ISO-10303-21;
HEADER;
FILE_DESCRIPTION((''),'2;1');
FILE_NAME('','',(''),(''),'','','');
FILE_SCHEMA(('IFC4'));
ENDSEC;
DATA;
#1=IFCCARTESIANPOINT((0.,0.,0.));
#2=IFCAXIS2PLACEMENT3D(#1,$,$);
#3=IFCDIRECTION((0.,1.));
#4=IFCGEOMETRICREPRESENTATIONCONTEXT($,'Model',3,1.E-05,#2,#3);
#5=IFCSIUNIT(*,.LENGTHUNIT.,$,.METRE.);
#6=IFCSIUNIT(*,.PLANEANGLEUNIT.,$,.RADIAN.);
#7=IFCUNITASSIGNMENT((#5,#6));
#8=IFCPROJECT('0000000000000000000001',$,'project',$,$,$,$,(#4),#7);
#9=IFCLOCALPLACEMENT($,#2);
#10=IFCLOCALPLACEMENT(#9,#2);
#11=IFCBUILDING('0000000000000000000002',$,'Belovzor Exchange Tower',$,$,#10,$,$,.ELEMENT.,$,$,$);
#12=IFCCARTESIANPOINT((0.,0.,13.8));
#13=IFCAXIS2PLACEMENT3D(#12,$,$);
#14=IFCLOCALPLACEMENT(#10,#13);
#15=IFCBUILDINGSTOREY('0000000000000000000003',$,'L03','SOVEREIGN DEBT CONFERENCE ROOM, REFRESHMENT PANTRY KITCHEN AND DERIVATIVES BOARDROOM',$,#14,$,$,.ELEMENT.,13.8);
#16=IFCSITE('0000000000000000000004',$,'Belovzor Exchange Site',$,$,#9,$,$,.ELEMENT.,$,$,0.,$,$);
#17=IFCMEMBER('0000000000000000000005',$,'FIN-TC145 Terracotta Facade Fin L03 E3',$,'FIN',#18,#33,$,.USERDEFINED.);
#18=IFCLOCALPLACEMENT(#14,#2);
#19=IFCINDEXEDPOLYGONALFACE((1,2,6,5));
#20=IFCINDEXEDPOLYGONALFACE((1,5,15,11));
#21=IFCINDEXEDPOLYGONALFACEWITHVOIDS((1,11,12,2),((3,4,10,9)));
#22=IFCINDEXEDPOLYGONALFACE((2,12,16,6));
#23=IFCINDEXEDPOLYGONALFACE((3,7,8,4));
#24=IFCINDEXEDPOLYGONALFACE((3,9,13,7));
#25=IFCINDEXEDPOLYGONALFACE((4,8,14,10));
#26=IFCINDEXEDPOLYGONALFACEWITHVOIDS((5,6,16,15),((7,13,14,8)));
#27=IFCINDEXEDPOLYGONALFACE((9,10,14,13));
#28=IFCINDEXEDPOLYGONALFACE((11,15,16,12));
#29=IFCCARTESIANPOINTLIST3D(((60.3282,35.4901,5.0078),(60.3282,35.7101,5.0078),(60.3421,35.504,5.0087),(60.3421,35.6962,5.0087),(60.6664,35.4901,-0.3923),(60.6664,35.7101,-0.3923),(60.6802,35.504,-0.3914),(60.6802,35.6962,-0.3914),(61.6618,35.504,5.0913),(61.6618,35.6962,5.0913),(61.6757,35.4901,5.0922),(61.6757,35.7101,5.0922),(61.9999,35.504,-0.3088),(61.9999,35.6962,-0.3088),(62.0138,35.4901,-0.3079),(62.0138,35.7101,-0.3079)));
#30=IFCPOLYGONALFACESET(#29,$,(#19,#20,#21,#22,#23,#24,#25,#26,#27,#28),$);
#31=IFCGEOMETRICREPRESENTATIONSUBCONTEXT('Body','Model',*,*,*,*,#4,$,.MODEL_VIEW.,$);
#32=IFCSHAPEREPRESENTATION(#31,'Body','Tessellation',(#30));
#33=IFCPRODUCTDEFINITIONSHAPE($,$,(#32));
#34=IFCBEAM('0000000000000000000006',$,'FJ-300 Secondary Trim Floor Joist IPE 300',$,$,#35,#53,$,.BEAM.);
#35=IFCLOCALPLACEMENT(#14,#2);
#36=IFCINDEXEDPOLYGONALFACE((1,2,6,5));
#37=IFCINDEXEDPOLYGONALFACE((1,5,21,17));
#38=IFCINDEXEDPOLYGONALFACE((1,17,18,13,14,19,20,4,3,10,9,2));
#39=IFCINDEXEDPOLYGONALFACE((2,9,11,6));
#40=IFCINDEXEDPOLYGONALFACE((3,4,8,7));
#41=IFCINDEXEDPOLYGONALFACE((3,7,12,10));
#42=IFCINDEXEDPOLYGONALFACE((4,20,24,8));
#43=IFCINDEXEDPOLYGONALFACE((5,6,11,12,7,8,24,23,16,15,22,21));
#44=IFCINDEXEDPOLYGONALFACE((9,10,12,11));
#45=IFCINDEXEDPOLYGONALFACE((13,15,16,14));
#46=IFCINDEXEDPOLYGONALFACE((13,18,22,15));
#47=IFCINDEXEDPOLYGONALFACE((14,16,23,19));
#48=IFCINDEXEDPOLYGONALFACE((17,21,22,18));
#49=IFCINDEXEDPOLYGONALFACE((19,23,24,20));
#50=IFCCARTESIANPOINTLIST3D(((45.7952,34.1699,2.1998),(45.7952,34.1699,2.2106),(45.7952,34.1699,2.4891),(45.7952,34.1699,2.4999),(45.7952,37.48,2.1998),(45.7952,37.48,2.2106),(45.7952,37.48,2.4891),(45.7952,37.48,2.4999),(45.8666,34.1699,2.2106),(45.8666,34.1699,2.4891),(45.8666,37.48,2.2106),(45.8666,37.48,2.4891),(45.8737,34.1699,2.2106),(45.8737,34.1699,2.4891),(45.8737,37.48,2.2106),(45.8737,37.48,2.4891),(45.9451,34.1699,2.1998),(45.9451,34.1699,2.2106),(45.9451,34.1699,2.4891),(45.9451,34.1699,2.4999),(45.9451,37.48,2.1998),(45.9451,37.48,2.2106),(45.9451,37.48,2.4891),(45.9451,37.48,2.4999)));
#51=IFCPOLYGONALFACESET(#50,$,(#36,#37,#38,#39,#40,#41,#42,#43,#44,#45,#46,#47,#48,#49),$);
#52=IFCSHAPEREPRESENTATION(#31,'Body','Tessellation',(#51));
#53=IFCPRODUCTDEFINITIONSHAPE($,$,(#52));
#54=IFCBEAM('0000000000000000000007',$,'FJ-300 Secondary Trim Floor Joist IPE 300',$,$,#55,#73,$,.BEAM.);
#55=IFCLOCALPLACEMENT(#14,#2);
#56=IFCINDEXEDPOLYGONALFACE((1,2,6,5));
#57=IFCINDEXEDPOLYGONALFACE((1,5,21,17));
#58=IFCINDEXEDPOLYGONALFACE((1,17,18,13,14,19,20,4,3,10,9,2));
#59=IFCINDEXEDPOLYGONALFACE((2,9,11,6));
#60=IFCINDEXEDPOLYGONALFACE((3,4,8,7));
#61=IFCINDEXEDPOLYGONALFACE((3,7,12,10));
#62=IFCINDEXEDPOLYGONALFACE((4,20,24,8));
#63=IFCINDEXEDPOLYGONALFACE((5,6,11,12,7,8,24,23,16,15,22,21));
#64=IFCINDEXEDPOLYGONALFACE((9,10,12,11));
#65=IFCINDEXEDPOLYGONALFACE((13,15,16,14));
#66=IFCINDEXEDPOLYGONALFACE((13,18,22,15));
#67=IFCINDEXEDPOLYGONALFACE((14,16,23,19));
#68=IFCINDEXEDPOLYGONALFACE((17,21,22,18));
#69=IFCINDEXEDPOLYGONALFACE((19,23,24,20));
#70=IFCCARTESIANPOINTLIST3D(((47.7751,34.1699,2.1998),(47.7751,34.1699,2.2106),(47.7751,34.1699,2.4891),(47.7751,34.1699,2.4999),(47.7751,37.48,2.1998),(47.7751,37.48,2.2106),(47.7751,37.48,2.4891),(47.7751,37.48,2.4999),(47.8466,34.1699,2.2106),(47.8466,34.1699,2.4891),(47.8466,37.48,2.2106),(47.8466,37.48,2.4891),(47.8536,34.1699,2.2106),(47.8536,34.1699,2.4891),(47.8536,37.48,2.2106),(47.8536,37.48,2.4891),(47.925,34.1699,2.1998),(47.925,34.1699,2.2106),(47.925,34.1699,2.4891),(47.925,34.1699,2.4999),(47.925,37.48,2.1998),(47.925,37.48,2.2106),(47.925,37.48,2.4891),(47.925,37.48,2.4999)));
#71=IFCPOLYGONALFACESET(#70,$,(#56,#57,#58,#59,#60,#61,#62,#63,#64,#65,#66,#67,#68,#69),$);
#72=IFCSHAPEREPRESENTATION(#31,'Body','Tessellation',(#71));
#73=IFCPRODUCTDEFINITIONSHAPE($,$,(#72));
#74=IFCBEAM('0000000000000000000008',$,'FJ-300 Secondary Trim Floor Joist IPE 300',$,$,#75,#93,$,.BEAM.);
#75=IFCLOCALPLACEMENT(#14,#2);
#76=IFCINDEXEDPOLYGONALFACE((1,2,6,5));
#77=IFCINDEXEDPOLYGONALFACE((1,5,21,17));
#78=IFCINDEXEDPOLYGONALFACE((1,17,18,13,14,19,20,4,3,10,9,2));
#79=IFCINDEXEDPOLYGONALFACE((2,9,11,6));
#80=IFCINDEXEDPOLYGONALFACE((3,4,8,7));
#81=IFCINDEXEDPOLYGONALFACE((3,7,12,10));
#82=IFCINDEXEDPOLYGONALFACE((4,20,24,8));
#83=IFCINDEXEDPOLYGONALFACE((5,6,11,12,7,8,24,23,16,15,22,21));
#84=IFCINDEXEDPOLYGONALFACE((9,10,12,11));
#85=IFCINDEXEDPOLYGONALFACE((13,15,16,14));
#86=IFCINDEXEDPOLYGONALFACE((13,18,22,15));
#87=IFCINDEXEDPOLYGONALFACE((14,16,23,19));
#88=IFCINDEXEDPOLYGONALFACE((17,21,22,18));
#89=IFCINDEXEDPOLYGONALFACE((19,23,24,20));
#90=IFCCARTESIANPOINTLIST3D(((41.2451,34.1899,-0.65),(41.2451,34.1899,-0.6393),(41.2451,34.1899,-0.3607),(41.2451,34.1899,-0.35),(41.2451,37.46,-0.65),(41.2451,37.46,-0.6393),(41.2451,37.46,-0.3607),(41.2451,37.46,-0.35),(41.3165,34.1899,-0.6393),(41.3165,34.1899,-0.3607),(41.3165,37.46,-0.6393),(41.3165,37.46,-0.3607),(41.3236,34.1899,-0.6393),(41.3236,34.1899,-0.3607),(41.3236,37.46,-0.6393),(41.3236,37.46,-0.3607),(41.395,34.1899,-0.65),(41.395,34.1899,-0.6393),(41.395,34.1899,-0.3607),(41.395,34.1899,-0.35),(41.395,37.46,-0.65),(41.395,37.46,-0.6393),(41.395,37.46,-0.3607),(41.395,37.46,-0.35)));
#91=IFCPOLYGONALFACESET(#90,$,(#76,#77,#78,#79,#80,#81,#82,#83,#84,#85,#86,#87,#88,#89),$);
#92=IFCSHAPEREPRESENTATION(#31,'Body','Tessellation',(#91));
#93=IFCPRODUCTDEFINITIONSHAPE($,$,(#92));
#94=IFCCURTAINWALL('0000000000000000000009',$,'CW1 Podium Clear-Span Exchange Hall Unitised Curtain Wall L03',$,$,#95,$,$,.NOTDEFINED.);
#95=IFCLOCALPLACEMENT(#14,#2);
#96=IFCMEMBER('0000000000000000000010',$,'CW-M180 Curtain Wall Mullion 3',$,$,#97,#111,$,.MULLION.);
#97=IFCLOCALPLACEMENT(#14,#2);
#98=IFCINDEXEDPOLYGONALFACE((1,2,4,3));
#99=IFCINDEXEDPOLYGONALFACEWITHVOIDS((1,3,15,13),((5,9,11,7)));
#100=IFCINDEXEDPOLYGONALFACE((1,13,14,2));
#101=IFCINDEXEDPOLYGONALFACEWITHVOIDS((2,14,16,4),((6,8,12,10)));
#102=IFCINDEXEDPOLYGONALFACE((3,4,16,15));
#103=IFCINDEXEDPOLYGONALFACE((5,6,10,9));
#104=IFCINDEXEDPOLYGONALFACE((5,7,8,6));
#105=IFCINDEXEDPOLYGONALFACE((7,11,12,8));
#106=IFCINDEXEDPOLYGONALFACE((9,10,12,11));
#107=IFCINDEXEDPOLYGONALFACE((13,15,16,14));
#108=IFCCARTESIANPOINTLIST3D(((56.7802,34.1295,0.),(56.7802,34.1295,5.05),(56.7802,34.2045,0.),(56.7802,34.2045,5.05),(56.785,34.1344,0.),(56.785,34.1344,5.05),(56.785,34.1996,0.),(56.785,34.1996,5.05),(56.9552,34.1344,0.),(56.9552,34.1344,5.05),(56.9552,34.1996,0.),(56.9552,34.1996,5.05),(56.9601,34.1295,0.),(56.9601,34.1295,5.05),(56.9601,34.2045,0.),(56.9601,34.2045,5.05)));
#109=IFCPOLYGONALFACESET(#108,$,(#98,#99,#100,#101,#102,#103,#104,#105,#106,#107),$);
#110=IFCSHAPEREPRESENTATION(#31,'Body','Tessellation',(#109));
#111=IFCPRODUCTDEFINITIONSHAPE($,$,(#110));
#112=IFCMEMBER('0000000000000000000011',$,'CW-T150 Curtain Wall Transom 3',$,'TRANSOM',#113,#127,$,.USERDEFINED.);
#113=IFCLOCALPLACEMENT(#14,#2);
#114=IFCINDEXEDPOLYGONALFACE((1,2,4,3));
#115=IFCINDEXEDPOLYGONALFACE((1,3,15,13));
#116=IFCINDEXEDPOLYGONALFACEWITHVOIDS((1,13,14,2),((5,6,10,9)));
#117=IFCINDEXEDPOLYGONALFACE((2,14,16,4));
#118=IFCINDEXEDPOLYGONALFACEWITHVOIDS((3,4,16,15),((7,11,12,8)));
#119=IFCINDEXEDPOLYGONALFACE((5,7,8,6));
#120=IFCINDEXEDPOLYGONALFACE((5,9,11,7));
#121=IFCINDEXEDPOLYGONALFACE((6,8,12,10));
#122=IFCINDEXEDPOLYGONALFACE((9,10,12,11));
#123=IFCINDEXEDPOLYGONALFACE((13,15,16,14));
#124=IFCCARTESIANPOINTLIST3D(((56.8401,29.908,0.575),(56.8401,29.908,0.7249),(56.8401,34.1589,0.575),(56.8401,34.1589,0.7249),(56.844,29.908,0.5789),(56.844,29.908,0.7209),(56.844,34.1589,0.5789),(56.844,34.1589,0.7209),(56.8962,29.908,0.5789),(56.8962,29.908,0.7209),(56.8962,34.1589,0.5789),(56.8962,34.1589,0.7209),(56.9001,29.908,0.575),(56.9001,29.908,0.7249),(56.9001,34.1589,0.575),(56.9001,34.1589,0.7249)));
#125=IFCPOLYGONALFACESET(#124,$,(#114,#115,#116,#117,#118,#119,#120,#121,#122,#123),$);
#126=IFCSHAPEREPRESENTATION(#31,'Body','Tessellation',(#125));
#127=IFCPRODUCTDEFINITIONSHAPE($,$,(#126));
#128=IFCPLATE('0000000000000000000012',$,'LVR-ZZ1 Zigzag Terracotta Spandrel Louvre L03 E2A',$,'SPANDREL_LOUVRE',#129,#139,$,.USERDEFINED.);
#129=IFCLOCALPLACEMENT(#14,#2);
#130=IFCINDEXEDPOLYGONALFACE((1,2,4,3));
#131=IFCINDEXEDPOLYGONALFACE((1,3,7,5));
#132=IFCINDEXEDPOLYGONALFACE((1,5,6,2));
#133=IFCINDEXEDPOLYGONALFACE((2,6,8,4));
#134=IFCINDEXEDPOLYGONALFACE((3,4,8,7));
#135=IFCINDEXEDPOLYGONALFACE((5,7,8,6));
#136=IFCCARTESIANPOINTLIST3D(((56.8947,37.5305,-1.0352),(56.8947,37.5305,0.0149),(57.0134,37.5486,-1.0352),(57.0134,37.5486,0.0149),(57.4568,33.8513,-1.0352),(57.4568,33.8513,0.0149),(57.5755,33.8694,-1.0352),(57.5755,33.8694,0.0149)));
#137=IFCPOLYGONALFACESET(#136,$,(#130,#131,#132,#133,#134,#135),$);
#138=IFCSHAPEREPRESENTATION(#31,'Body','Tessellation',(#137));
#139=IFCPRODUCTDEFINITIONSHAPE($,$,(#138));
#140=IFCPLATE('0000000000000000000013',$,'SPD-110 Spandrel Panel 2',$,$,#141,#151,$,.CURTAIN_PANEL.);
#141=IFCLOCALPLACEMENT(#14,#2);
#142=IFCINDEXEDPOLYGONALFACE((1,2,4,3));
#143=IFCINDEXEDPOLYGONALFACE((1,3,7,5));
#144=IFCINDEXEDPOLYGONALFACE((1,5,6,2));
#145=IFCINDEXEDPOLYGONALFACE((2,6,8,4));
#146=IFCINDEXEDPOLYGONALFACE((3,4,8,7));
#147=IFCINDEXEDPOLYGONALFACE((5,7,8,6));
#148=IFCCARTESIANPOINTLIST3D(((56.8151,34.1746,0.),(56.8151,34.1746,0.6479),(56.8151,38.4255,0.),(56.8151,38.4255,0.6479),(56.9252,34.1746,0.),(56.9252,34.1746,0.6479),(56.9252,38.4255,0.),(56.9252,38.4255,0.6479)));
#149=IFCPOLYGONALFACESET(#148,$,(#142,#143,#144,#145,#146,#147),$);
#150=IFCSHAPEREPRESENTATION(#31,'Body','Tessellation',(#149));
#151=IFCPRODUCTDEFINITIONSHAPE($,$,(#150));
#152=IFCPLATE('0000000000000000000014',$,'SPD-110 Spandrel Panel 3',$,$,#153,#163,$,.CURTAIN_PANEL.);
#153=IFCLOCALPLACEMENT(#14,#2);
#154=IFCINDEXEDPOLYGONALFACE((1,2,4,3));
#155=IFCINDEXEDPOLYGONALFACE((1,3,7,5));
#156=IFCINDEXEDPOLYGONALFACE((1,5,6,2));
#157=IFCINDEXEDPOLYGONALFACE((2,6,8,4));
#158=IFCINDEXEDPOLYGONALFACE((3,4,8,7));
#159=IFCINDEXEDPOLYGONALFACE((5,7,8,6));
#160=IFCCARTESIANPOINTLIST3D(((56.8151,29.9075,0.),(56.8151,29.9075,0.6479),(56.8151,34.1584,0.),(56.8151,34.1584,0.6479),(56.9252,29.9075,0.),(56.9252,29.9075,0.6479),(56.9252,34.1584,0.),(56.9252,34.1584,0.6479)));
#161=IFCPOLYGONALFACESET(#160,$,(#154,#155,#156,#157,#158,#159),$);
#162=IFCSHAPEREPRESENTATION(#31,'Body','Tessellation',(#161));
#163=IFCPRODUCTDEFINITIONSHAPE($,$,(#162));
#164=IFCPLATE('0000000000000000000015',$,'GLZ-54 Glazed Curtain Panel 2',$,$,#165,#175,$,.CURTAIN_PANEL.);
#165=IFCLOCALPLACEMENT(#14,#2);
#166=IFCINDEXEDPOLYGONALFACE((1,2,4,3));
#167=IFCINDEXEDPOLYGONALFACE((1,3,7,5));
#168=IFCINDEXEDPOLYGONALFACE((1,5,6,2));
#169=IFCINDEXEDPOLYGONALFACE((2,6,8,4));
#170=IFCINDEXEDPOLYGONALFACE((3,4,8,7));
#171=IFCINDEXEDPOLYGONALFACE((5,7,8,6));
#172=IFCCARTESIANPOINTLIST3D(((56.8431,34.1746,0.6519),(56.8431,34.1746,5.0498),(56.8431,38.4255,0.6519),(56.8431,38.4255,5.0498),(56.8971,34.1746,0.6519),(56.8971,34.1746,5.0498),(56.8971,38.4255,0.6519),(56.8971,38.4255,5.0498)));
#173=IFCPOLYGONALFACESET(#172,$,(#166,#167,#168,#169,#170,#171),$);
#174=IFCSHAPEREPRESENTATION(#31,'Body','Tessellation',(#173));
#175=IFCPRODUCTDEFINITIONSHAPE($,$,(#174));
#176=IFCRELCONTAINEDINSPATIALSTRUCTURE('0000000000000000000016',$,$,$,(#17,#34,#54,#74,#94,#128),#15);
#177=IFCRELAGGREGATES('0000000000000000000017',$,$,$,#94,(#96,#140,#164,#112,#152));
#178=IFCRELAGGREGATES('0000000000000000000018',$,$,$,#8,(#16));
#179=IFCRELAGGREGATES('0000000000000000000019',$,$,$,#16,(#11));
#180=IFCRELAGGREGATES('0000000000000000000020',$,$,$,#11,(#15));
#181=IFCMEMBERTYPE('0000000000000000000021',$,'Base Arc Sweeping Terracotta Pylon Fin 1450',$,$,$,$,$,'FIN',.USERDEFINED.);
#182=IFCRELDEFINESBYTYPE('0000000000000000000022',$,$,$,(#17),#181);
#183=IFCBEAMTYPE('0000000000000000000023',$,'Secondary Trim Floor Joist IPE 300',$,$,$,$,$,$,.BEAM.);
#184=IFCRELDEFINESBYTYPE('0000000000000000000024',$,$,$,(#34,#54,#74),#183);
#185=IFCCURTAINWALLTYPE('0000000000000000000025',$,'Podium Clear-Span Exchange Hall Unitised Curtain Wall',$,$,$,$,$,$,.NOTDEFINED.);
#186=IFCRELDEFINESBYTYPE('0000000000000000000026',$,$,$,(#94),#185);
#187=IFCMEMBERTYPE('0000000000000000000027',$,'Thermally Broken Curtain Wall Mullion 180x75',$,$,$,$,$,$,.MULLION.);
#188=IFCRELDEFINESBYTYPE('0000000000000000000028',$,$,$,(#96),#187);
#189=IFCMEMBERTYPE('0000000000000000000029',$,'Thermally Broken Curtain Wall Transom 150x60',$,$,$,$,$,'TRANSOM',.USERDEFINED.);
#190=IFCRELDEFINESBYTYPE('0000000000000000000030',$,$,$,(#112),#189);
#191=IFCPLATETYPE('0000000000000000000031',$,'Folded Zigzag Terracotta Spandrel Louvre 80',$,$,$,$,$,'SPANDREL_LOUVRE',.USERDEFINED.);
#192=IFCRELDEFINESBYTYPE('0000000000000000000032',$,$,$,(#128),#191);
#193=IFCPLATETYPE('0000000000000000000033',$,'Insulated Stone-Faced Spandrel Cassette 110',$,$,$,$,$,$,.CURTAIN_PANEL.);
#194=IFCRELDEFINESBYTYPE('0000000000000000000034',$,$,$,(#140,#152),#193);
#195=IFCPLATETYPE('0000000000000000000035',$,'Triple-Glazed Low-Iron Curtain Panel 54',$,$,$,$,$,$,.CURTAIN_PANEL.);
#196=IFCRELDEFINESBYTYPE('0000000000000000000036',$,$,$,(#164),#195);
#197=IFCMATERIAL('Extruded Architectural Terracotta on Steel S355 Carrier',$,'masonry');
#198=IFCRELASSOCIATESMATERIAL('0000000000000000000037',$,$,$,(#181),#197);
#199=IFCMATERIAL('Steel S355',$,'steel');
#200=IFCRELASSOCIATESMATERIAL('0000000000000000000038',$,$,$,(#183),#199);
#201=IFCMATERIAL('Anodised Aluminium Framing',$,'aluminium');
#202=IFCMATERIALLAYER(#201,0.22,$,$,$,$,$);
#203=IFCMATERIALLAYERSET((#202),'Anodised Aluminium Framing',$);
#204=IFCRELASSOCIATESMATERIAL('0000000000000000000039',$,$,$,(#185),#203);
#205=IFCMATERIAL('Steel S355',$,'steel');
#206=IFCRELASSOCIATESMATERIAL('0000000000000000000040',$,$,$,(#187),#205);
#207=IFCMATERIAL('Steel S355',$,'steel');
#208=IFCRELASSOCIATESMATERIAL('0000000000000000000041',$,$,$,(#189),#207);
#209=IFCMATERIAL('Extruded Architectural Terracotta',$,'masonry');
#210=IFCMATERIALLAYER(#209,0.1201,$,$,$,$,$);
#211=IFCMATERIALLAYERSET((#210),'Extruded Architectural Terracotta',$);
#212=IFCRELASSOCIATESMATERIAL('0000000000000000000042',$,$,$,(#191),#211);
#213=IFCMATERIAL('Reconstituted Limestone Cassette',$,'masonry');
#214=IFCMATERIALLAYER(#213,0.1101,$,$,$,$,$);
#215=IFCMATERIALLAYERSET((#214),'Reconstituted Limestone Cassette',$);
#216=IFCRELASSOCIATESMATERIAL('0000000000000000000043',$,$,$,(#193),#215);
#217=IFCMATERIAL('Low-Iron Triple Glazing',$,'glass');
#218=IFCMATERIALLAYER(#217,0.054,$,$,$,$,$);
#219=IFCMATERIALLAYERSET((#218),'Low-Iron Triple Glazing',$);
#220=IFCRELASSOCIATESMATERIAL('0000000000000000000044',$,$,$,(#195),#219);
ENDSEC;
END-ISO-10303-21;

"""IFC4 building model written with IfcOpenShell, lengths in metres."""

from ifc_helpers import new_model, si_unit, direction, frame, origin, origin_2d, place, context, subcontext, project, spatial, rectangle, hollow_rectangle, i_section, extrude, material, layer, layer_set, material_profile, profile_set, type_object, element, aggregate, save


model = new_model("IFC4")

# Units and contexts
model_context = context("Model", 3, precision=1e-05, world=origin(), true_north=direction((0.0, 1.0)))
body_context = subcontext(model_context, "Body", "Model", "MODEL_VIEW")
ifc_project = project(units=[si_unit("LENGTHUNIT", "METRE"), si_unit("PLANEANGLEUNIT", "RADIAN")], contexts=[model_context])

# Site, building, storey
site_placement = place(None, origin())
site = spatial("IfcSite", under=ifc_project, at=site_placement, Name="Belovzor Exchange Site", CompositionType="ELEMENT", RefElevation=0.0)
building_placement = place(site_placement, origin())
building = spatial("IfcBuilding", under=site, at=building_placement, Name="Belovzor Exchange Tower", CompositionType="ELEMENT")
storey_placement = place(building_placement, frame((0.0, 0.0, 13.8)))
storey = spatial("IfcBuildingStorey", under=building, at=storey_placement, Name="L03", Description="SOVEREIGN DEBT CONFERENCE ROOM, REFRESHMENT PANTRY KITCHEN AND DERIVATIVES BOARDROOM", CompositionType="ELEMENT", Elevation=13.8)

# Member
ifc_material_1 = material(Name="Extruded Architectural Terracotta on Steel S355 Carrier", Category="masonry")
ifc_material_profile_1 = material_profile(ifc_material_1, hollow_rectangle(XDim=0.22, YDim=1.3501, WallThickness=0.0139, at=origin_2d()))
ifc_profile_set_1 = profile_set([ifc_material_profile_1], Name="Extruded Architectural Terracotta on Steel S355 Carrier")
member_type_1 = type_object("IfcMemberType", Name="Base Arc Sweeping Terracotta Pylon Fin 1450", ElementType="FIN", PredefinedType="USERDEFINED", material=ifc_profile_set_1)
member_1_placement = place(storey_placement, frame((61.3401, 35.6001, -0.3501), z_axis=(-0.062493, 0.0, 0.998045), x_axis=(0.0, -1.0, 0.0)))
element("IfcMember", 1, at=member_1_placement, inside=storey, type_object=member_type_1, Name="FIN-TC145 Terracotta Facade Fin L03 E3", ObjectType="FIN", PredefinedType="USERDEFINED", context=body_context, shape_type="SweptSolid", body=[
    extrude(hollow_rectangle(XDim=0.22, YDim=1.3501, WallThickness=0.0139, at=origin_2d()), origin(), (0.0, 0.0, 1.0), 5.4106),
])

# Beams
ifc_material_2 = material(Name="Steel S355", Category="steel")
ifc_material_profile_2 = material_profile(ifc_material_2, i_section(OverallWidth=0.1499, OverallDepth=0.3, WebThickness=0.0071, FlangeThickness=0.0107, at=origin_2d()))
ifc_profile_set_2 = profile_set([ifc_material_profile_2], Name="Steel S355")
beam_type = type_object("IfcBeamType", Name="Secondary Trim Floor Joist IPE 300", PredefinedType="BEAM", material=ifc_profile_set_2)
for number, where, z_axis, x_axis, name in (
    (2, (45.8701, 34.1699, 2.3499), (0.0, 1.0, 0.0), (-1.0, 0.0, 0.0), "FJ-300 Secondary Trim Floor Joist IPE 300"),
    (3, (47.8501, 34.1699, 2.3499), (0.0, 1.0, 0.0), (-1.0, 0.0, 0.0), "FJ-300 Secondary Trim Floor Joist IPE 300"),
):
    element("IfcBeam", number, at=place(storey_placement, frame(where, z_axis=z_axis, x_axis=x_axis)), inside=storey, type_object=beam_type, Name=name, PredefinedType="BEAM", context=body_context, shape_type="SweptSolid", body=[
        extrude(i_section(OverallWidth=0.1499, OverallDepth=0.3, WebThickness=0.0071, FlangeThickness=0.0107, at=origin_2d()), origin(), (0.0, 0.0, 1.0), 3.3101),
    ])
beam_placement = place(storey_placement, frame((41.3201, 34.1899, -0.5), z_axis=(0.0, 1.0, 0.0), x_axis=(-1.0, 0.0, 0.0)))
element("IfcBeam", 4, at=beam_placement, inside=storey, type_object=beam_type, Name="FJ-300 Secondary Trim Floor Joist IPE 300", PredefinedType="BEAM", context=body_context, shape_type="SweptSolid", body=[
    extrude(i_section(OverallWidth=0.1499, OverallDepth=0.3, WebThickness=0.0071, FlangeThickness=0.0107, at=origin_2d()), origin(), (0.0, 0.0, 1.0), 3.27),
])

# Curtain wall, members
ifc_material_3 = material(Name="Anodised Aluminium Framing", Category="aluminium")
ifc_layer_1 = layer(ifc_material_3, 0.22)
ifc_layer_set_1 = layer_set([ifc_layer_1], Name="Anodised Aluminium Framing")
curtain_wall_type = type_object("IfcCurtainWallType", Name="Podium Clear-Span Exchange Hall Unitised Curtain Wall", PredefinedType="NOTDEFINED", material=ifc_layer_set_1)
curtain_wall_placement = place(storey_placement, origin())
curtain_wall = element("IfcCurtainWall", 5, at=curtain_wall_placement, inside=storey, type_object=curtain_wall_type, Name="CW1 Podium Clear-Span Exchange Hall Unitised Curtain Wall L03", PredefinedType="NOTDEFINED")
ifc_material_4 = material(Name="Steel S355", Category="steel")
ifc_material_profile_3 = material_profile(ifc_material_4, hollow_rectangle(XDim=0.075, YDim=0.1799, WallThickness=0.0049, at=origin_2d()))
ifc_profile_set_3 = profile_set([ifc_material_profile_3], Name="Steel S355")
member_type_2 = type_object("IfcMemberType", Name="Thermally Broken Curtain Wall Mullion 180x75", PredefinedType="MULLION", material=ifc_profile_set_3)
member_2_placement = place(storey_placement, frame((56.8701, 34.167, 0.0), z_axis=(0.0, 0.0, 1.0), x_axis=(0.0, -1.0, 0.0)))
member_2 = element("IfcMember", 6, at=member_2_placement, type_object=member_type_2, Name="CW-M180 Curtain Wall Mullion 3", PredefinedType="MULLION", context=body_context, shape_type="SweptSolid", body=[
    extrude(hollow_rectangle(XDim=0.075, YDim=0.1799, WallThickness=0.0049, at=origin_2d()), origin(), (0.0, 0.0, 1.0), 5.05),
])
ifc_material_5 = material(Name="Steel S355", Category="steel")
ifc_material_profile_4 = material_profile(ifc_material_5, hollow_rectangle(XDim=0.0601, YDim=0.1499, WallThickness=0.0039, at=origin_2d()))
ifc_profile_set_4 = profile_set([ifc_material_profile_4], Name="Steel S355")
member_type_3 = type_object("IfcMemberType", Name="Thermally Broken Curtain Wall Transom 150x60", ElementType="TRANSOM", PredefinedType="USERDEFINED", material=ifc_profile_set_4)
member_3_placement = place(storey_placement, frame((56.8701, 34.1589, 0.6499), z_axis=(0.0, -1.0, 0.0), x_axis=(1.0, 0.0, 0.0)))
member_3 = element("IfcMember", 7, at=member_3_placement, type_object=member_type_3, Name="CW-T150 Curtain Wall Transom 3", ObjectType="TRANSOM", PredefinedType="USERDEFINED", context=body_context, shape_type="SweptSolid", body=[
    extrude(hollow_rectangle(XDim=0.0601, YDim=0.1499, WallThickness=0.0039, at=origin_2d()), origin(), (0.0, 0.0, 1.0), 4.251),
])

# Plates
ifc_material_6 = material(Name="Extruded Architectural Terracotta", Category="masonry")
ifc_layer_2 = layer(ifc_material_6, 0.1201)
ifc_layer_set_2 = layer_set([ifc_layer_2], Name="Extruded Architectural Terracotta")
plate_type_1 = type_object("IfcPlateType", Name="Folded Zigzag Terracotta Spandrel Louvre 80", ElementType="SPANDREL_LOUVRE", PredefinedType="USERDEFINED", material=ifc_layer_set_2)
plate_1_placement = place(storey_placement, frame((57.2351, 35.7, -1.0352), z_axis=(0.0, 0.0, 1.0), x_axis=(-0.151019, 0.988531, 0.0)))
element("IfcPlate", 8, at=plate_1_placement, inside=storey, type_object=plate_type_1, Name="LVR-ZZ1 Zigzag Terracotta Spandrel Louvre L03 E2A", ObjectType="SPANDREL_LOUVRE", PredefinedType="USERDEFINED", context=body_context, shape_type="SweptSolid", body=[
    extrude(rectangle(XDim=3.7219, YDim=0.1201, at=origin_2d()), origin(), (0.0, 0.0, 1.0), 1.05),
])
ifc_material_7 = material(Name="Reconstituted Limestone Cassette", Category="masonry")
ifc_layer_3 = layer(ifc_material_7, 0.1101)
ifc_layer_set_3 = layer_set([ifc_layer_3], Name="Reconstituted Limestone Cassette")
plate_type_2 = type_object("IfcPlateType", Name="Insulated Stone-Faced Spandrel Cassette 110", PredefinedType="CURTAIN_PANEL", material=ifc_layer_set_3)
plate_2_placement = place(storey_placement, frame((56.8701, 36.3, 0.0), z_axis=(0.0, 0.0, 1.0), x_axis=(0.0, -1.0, 0.0)))
plate_2 = element("IfcPlate", 9, at=plate_2_placement, type_object=plate_type_2, Name="SPD-110 Spandrel Panel 2", PredefinedType="CURTAIN_PANEL", context=body_context, shape_type="SweptSolid", body=[
    extrude(rectangle(XDim=4.251, YDim=0.1101, at=origin_2d()), origin(), (0.0, 0.0, 1.0), 0.6479),
])
plate_3_placement = place(storey_placement, frame((56.8701, 32.033, 0.0), z_axis=(0.0, 0.0, 1.0), x_axis=(0.0, -1.0, 0.0)))
plate_3 = element("IfcPlate", 10, at=plate_3_placement, type_object=plate_type_2, Name="SPD-110 Spandrel Panel 3", PredefinedType="CURTAIN_PANEL", context=body_context, shape_type="SweptSolid", body=[
    extrude(rectangle(XDim=4.251, YDim=0.1101, at=origin_2d()), origin(), (0.0, 0.0, 1.0), 0.6479),
])
ifc_material_8 = material(Name="Low-Iron Triple Glazing", Category="glass")
ifc_layer_4 = layer(ifc_material_8, 0.054)
ifc_layer_set_4 = layer_set([ifc_layer_4], Name="Low-Iron Triple Glazing")
plate_type_3 = type_object("IfcPlateType", Name="Triple-Glazed Low-Iron Curtain Panel 54", PredefinedType="CURTAIN_PANEL", material=ifc_layer_set_4)
plate_4_placement = place(storey_placement, frame((56.8701, 36.3, 0.6519), z_axis=(0.0, 0.0, 1.0), x_axis=(0.0, -1.0, 0.0)))
plate_4 = element("IfcPlate", 11, at=plate_4_placement, type_object=plate_type_3, Name="GLZ-54 Glazed Curtain Panel 2", PredefinedType="CURTAIN_PANEL", context=body_context, shape_type="SweptSolid", body=[
    extrude(rectangle(XDim=4.251, YDim=0.054, at=origin_2d()), origin(), (0.0, 0.0, 1.0), 4.3979),
])
aggregate(curtain_wall, [member_2, plate_2, plate_4, member_3, plate_3])

save(model, "model.ifc")
